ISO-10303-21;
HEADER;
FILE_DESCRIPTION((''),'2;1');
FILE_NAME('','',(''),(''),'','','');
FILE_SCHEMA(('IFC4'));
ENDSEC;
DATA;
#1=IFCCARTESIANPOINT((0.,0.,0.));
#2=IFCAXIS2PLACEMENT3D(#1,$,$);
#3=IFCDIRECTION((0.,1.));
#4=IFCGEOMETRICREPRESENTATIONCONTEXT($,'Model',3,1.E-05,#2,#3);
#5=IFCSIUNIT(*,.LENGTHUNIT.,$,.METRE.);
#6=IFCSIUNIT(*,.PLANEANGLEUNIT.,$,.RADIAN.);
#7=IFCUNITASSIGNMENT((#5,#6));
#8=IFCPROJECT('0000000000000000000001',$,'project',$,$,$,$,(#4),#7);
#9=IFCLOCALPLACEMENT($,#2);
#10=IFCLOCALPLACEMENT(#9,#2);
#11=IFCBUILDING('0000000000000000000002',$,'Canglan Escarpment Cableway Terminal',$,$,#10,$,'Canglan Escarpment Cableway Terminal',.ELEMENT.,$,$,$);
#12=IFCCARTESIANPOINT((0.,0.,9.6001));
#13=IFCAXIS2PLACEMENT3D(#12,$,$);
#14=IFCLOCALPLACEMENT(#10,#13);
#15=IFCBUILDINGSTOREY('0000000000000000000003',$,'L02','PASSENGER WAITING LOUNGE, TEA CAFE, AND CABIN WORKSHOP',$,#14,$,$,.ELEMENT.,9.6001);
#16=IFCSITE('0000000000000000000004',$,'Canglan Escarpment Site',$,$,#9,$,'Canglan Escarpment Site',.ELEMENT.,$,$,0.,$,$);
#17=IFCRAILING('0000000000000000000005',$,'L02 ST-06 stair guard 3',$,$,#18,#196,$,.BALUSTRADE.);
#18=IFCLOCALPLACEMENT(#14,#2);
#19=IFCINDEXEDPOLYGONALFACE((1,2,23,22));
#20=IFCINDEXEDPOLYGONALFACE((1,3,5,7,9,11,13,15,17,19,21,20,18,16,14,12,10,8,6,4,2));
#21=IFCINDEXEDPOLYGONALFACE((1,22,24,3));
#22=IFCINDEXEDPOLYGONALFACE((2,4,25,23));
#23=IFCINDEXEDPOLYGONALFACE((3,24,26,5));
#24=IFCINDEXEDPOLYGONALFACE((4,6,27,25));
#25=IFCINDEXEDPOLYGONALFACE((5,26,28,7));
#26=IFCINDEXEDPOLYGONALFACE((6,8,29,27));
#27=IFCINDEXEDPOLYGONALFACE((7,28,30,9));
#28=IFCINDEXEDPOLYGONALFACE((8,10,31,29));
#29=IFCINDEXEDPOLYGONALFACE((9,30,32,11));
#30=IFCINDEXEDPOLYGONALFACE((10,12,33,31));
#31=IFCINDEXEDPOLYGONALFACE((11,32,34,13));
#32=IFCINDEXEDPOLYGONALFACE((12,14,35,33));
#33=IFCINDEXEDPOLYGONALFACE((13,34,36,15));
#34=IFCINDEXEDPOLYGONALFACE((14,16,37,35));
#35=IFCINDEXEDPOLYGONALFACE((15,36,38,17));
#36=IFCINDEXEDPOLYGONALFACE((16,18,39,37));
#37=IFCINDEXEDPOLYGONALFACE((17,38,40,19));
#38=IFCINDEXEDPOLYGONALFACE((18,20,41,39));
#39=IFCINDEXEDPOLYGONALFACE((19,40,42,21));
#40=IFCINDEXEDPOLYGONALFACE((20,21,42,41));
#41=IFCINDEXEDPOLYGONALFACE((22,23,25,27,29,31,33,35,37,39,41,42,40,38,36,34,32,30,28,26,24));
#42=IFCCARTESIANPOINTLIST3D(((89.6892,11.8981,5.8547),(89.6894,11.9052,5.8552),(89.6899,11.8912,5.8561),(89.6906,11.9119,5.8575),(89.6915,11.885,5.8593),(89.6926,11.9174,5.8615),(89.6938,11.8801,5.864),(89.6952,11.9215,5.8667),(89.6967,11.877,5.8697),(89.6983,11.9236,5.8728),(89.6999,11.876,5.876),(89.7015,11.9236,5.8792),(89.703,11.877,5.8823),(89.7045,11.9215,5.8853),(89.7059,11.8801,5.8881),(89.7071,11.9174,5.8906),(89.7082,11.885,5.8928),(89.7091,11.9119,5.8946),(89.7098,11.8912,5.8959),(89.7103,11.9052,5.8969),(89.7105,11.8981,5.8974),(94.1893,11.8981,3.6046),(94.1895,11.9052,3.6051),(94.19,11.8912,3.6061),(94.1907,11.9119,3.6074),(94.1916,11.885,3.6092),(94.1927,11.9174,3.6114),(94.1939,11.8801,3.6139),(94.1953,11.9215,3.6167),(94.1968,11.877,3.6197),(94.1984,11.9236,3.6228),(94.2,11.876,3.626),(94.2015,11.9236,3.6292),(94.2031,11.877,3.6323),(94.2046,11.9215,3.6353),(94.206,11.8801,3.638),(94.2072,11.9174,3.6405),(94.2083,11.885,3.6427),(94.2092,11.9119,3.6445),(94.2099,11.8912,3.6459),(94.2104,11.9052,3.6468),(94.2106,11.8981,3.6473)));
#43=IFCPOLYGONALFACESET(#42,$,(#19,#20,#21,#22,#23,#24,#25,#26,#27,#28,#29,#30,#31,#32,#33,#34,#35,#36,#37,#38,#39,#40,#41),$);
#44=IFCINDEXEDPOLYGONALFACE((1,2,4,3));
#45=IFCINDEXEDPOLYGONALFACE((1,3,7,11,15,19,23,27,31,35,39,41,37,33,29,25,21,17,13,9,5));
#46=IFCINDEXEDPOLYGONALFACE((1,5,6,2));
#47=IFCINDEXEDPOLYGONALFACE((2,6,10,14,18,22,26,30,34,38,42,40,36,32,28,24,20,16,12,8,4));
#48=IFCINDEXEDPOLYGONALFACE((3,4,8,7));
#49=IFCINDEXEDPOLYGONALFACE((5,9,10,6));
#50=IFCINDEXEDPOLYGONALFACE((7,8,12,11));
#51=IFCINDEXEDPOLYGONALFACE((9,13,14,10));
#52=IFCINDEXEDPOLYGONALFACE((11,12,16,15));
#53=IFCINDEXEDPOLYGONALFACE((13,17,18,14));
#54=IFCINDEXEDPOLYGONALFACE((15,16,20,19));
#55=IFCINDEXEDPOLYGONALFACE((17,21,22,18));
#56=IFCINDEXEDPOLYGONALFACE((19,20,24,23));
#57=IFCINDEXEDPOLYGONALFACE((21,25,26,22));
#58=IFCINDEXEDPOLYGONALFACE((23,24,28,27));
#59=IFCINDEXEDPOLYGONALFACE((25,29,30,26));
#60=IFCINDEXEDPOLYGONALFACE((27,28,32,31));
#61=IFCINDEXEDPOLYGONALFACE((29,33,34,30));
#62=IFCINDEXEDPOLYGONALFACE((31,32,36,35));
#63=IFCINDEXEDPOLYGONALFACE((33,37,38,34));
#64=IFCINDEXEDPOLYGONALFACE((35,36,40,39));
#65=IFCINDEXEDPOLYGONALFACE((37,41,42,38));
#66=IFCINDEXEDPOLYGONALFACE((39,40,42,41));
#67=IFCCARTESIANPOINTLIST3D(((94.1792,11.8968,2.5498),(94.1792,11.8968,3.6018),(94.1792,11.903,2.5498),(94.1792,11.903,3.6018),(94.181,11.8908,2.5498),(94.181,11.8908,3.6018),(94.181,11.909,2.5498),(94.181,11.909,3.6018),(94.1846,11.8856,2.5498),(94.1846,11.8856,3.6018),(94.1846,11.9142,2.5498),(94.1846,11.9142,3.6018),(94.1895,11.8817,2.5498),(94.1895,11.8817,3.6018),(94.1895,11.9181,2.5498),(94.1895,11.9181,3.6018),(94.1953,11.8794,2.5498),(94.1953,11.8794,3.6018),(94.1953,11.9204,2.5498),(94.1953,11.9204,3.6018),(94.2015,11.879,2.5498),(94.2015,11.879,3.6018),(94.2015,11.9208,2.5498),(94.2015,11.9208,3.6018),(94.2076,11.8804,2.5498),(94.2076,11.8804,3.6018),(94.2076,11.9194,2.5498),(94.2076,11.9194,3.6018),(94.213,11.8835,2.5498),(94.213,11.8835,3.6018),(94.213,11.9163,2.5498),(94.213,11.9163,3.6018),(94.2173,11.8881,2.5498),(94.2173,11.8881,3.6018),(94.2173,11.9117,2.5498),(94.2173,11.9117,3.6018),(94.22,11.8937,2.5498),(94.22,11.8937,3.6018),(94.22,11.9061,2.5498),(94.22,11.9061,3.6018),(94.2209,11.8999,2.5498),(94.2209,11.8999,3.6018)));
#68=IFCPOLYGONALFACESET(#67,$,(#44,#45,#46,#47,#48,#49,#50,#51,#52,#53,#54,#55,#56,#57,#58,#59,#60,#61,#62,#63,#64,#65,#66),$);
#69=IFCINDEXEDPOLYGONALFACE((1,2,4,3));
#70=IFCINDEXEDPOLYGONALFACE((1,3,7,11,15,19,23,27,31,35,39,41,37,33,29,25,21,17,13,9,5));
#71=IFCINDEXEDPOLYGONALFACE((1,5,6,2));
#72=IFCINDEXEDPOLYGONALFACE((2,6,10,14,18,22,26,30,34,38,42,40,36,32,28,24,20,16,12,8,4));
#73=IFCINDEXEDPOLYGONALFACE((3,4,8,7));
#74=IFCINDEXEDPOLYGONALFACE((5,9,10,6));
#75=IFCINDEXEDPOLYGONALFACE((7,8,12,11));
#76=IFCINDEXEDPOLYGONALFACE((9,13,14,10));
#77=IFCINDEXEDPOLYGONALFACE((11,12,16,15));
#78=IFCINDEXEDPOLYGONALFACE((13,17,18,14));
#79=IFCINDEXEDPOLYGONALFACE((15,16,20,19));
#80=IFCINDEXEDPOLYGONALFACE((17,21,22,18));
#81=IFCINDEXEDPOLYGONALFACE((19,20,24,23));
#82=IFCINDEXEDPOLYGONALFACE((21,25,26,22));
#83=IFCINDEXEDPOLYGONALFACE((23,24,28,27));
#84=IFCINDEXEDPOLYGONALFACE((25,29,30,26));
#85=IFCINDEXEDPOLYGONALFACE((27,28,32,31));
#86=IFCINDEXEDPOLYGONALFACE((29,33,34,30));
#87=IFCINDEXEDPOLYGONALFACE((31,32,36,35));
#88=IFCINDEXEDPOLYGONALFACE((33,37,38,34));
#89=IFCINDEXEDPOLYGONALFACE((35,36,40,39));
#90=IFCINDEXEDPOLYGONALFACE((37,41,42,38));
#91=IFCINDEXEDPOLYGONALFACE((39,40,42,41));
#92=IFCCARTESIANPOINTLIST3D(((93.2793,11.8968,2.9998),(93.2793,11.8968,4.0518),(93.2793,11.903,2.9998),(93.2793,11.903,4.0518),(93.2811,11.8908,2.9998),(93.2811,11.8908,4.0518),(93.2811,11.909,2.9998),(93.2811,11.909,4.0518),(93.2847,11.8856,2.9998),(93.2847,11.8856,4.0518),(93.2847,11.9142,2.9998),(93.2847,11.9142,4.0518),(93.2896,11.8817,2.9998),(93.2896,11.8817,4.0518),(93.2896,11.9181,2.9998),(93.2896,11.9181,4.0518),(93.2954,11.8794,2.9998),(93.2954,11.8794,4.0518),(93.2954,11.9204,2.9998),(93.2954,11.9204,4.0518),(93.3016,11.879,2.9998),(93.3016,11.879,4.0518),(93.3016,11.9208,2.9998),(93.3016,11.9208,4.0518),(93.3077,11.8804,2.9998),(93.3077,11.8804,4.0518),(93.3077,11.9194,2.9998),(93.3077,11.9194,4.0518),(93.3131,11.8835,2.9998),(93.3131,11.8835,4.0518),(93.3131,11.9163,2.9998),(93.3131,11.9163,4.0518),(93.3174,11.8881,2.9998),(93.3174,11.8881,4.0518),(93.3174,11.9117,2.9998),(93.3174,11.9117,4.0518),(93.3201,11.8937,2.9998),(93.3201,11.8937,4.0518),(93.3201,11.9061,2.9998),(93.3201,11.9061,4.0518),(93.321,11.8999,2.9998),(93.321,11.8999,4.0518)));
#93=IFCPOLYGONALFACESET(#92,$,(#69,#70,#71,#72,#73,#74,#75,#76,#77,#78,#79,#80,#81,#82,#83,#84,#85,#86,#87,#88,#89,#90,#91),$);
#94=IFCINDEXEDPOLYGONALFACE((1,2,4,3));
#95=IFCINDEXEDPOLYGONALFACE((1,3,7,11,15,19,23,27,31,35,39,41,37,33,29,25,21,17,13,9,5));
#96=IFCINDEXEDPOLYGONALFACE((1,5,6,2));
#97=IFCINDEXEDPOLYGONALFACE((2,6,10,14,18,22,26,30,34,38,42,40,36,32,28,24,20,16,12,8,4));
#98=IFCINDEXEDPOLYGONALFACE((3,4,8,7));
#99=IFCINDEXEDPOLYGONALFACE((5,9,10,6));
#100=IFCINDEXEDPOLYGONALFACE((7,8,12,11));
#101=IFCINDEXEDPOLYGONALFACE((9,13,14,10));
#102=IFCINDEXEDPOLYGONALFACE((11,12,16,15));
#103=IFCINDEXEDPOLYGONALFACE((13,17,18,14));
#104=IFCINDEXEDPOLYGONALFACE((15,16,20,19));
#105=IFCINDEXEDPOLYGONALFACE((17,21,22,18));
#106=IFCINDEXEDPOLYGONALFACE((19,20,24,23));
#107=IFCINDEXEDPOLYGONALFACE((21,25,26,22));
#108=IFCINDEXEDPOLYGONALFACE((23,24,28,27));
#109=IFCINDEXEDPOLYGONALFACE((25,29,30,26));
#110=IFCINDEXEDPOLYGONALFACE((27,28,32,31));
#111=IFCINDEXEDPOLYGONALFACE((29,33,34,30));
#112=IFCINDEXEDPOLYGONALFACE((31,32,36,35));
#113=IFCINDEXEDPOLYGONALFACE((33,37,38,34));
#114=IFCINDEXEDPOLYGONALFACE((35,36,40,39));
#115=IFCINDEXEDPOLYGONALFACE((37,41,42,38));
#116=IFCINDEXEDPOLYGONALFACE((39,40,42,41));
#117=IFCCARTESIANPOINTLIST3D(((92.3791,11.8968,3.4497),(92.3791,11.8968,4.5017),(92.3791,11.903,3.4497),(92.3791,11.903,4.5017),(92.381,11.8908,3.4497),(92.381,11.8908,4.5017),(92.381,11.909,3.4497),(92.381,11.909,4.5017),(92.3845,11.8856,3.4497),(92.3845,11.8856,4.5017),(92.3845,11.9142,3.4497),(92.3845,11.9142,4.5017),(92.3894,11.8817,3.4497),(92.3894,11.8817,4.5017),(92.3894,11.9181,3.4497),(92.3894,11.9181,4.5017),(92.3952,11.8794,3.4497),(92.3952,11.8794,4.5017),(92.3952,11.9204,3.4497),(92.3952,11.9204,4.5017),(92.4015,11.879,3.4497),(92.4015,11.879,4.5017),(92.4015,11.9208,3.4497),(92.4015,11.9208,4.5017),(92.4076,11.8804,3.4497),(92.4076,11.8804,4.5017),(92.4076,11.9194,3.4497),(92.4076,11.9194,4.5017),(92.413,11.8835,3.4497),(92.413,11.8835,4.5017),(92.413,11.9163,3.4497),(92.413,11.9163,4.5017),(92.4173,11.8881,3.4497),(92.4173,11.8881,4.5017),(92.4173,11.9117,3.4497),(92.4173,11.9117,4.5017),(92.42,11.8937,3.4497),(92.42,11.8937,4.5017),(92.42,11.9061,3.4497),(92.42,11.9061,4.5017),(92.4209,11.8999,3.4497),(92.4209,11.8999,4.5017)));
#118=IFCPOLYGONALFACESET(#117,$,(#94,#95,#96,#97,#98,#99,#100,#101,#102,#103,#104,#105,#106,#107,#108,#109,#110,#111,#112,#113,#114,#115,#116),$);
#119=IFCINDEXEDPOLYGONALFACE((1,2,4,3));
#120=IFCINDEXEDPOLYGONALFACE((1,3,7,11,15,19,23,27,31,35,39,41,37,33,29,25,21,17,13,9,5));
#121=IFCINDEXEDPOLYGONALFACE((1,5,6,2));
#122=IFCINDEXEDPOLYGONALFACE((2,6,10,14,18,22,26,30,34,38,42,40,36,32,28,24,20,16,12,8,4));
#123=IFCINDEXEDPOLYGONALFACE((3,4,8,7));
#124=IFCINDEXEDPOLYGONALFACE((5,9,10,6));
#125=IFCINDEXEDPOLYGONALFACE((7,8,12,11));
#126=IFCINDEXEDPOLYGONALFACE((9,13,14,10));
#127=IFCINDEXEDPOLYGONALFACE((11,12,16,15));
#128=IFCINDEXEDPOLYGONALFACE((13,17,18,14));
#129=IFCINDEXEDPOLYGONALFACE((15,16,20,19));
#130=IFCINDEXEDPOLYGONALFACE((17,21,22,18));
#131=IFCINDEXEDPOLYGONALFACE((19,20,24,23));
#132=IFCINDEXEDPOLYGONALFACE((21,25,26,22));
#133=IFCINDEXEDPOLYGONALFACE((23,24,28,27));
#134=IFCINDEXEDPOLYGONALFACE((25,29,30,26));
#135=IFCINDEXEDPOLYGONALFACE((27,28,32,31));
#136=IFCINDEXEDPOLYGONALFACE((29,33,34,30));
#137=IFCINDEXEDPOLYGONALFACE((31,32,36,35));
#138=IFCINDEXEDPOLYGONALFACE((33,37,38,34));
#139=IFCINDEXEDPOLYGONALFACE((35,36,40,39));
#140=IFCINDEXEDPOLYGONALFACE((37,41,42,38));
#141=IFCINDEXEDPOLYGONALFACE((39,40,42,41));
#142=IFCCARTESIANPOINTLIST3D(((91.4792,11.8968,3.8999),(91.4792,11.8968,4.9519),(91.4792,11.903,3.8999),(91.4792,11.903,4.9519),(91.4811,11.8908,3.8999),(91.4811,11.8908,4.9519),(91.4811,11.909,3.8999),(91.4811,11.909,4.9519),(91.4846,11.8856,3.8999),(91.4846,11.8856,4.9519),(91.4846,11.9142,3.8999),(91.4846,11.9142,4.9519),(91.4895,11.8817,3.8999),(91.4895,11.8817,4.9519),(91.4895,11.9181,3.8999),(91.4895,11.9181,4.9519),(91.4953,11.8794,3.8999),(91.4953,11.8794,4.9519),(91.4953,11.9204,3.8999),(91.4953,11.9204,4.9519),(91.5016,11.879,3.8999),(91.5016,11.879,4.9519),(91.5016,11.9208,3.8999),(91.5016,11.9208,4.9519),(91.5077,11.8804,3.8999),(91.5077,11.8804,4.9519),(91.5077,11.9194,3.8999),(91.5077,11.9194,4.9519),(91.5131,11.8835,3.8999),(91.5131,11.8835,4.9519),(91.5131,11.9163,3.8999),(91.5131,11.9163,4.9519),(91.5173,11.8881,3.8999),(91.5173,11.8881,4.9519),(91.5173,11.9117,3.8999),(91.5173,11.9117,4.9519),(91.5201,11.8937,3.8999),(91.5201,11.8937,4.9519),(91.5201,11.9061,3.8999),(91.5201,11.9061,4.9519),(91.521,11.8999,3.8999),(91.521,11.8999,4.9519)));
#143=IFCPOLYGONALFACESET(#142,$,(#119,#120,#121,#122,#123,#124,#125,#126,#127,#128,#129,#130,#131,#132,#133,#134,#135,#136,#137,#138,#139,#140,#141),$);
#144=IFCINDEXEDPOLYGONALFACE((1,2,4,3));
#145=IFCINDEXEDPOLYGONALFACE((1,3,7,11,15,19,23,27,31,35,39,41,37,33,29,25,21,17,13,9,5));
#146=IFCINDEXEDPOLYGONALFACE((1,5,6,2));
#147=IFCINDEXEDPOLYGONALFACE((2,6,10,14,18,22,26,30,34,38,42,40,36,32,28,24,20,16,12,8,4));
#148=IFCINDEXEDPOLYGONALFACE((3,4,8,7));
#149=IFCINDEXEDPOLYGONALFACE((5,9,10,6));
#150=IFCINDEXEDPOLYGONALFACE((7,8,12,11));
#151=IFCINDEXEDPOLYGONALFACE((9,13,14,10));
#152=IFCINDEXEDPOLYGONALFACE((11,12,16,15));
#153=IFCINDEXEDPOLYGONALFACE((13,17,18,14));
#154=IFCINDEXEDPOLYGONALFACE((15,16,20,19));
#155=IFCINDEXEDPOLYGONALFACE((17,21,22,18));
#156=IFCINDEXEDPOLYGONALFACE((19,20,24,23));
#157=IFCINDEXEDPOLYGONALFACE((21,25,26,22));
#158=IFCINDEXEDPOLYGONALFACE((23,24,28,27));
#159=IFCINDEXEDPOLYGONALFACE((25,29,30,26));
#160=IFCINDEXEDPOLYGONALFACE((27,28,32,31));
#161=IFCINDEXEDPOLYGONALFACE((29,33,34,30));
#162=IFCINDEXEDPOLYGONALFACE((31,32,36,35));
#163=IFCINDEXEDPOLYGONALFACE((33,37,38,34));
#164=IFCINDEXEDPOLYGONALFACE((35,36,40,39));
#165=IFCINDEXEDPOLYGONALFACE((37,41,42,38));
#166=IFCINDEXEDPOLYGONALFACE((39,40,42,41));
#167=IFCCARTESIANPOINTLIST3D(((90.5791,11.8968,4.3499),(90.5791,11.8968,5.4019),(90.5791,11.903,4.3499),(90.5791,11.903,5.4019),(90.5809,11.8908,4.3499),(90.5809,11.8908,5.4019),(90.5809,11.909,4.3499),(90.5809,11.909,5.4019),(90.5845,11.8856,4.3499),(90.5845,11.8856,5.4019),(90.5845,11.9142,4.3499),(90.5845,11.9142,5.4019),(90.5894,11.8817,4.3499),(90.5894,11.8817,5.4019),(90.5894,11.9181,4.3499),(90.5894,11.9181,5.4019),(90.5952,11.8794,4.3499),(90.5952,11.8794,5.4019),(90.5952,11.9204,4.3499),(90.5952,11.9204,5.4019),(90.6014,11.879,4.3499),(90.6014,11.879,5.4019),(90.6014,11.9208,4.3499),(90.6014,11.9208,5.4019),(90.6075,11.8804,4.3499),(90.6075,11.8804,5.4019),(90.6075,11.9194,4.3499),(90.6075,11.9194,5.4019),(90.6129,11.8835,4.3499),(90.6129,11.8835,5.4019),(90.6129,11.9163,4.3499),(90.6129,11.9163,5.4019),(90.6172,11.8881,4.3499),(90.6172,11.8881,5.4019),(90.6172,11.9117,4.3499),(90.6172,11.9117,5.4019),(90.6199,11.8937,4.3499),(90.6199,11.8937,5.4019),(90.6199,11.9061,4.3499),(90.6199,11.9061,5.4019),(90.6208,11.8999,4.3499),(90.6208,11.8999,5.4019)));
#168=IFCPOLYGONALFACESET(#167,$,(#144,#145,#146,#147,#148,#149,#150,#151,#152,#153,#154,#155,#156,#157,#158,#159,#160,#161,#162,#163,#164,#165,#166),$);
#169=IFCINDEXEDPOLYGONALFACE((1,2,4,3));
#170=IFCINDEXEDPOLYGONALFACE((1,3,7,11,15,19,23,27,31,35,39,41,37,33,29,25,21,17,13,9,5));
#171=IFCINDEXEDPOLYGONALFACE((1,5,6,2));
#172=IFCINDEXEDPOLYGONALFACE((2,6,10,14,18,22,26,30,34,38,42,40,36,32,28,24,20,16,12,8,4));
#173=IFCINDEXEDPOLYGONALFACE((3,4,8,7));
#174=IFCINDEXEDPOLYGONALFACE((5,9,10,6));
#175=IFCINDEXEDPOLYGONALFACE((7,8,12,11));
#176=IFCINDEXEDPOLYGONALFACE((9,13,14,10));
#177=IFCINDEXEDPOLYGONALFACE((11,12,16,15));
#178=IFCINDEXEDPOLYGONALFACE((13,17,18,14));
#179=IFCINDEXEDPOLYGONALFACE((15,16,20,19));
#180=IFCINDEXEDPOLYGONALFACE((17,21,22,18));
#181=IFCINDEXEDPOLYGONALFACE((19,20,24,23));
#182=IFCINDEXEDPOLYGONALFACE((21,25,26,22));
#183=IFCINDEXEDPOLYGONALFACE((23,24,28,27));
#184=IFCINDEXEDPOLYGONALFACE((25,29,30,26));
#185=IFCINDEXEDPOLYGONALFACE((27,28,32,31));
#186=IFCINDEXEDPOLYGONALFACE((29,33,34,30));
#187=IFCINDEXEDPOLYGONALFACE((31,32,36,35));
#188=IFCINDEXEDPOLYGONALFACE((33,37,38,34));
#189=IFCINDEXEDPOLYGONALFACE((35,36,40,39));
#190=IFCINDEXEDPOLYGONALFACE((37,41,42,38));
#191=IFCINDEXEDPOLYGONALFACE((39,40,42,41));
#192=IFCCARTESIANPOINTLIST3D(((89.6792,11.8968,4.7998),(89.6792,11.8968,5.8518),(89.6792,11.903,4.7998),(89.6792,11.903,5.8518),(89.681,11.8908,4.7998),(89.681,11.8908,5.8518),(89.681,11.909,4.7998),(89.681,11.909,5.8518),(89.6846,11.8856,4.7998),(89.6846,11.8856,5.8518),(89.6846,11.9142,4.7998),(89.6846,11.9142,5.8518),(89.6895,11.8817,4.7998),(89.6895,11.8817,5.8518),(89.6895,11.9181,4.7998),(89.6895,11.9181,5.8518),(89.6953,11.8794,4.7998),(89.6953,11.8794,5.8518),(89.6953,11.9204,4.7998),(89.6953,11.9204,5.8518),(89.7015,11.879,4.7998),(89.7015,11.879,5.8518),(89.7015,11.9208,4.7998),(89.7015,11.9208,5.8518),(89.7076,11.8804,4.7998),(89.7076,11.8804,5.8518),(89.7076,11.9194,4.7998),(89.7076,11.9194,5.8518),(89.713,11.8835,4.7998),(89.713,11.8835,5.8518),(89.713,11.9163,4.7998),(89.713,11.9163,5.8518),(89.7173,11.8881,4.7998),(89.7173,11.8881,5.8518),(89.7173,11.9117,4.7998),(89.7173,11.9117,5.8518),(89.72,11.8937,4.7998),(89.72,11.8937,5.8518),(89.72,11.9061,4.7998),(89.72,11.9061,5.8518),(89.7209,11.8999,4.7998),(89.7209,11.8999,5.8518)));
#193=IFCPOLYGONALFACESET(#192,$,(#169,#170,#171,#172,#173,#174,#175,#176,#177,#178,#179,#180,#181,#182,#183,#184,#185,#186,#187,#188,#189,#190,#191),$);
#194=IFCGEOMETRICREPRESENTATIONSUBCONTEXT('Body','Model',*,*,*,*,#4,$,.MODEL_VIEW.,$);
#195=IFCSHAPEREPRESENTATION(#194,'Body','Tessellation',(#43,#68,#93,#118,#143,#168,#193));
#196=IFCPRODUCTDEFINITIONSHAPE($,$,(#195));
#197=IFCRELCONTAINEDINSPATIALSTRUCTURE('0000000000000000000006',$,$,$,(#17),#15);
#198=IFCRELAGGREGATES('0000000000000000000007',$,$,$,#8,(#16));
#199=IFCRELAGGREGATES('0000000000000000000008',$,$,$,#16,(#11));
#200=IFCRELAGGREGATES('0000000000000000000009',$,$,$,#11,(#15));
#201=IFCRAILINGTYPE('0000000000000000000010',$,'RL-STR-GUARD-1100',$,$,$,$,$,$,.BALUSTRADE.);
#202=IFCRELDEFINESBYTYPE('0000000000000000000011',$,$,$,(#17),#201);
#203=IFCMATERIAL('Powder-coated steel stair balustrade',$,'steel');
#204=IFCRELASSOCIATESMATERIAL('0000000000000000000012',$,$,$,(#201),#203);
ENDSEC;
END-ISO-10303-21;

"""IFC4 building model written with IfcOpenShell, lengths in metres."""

from ifc_helpers import new_model, si_unit, direction, frame, origin, origin_2d, place, context, subcontext, project, spatial, circle, extrude, material, type_object, element, save


model = new_model("IFC4")

# Units and contexts
model_context = context("Model", 3, precision=1e-05, world=origin(), true_north=direction((0.0, 1.0)))
body_context = subcontext(model_context, "Body", "Model", "MODEL_VIEW")
ifc_project = project(units=[si_unit("LENGTHUNIT", "METRE"), si_unit("PLANEANGLEUNIT", "RADIAN")], contexts=[model_context])

# Site, building, storey
site_placement = place(None, origin())
site = spatial("IfcSite", under=ifc_project, at=site_placement, Name="Canglan Escarpment Site", LongName="Canglan Escarpment Site", CompositionType="ELEMENT", RefElevation=0.0)
building_placement = place(site_placement, origin())
building = spatial("IfcBuilding", under=site, at=building_placement, Name="Canglan Escarpment Cableway Terminal", LongName="Canglan Escarpment Cableway Terminal", CompositionType="ELEMENT")
storey_placement = place(building_placement, frame((0.0, 0.0, 9.6001)))
storey = spatial("IfcBuildingStorey", under=building, at=storey_placement, Name="L02", Description="PASSENGER WAITING LOUNGE, TEA CAFE, AND CABIN WORKSHOP", CompositionType="ELEMENT", Elevation=9.6001)

# Railing
ifc_material_1 = material(Name="Powder-coated steel stair balustrade", Category="steel")
railing_type_1 = type_object("IfcRailingType", Name="RL-STR-GUARD-1100", PredefinedType="BALUSTRADE", material=ifc_material_1)
railing_1_placement = place(storey_placement, frame((94.2, 11.8999, 2.5498)))
element("IfcRailing", 1, at=railing_1_placement, inside=storey, type_object=railing_type_1, Name="L02 ST-06 stair guard 3", PredefinedType="BALUSTRADE", context=body_context, shape_type="SweptSolid", body=[
    extrude(circle(Radius=0.0239, at=origin_2d()), frame((0.0, 0.0, 1.0762), z_axis=(-0.894427, 0.0, 0.447214), x_axis=(0.0, -1.0, 0.0)), (0.0, 0.0, 1.0), 5.0312),
    extrude(circle(Radius=0.021, at=origin_2d()), origin(), (0.0, 0.0, 1.0), 1.052),
    extrude(circle(Radius=0.021, at=origin_2d()), frame((-0.8999, 0.0, 0.45)), (0.0, 0.0, 1.0), 1.052),
    extrude(circle(Radius=0.021, at=origin_2d()), frame((-1.8, 0.0, 0.8999)), (0.0, 0.0, 1.0), 1.052),
    extrude(circle(Radius=0.021, at=origin_2d()), frame((-2.7, 0.0, 1.3501)), (0.0, 0.0, 1.0), 1.052),
    extrude(circle(Radius=0.021, at=origin_2d()), frame((-3.6001, 0.0, 1.8)), (0.0, 0.0, 1.0), 1.052),
    extrude(circle(Radius=0.021, at=origin_2d()), frame((-4.5, 0.0, 2.25)), (0.0, 0.0, 1.0), 1.052),
])

save(model, "model.ifc")
